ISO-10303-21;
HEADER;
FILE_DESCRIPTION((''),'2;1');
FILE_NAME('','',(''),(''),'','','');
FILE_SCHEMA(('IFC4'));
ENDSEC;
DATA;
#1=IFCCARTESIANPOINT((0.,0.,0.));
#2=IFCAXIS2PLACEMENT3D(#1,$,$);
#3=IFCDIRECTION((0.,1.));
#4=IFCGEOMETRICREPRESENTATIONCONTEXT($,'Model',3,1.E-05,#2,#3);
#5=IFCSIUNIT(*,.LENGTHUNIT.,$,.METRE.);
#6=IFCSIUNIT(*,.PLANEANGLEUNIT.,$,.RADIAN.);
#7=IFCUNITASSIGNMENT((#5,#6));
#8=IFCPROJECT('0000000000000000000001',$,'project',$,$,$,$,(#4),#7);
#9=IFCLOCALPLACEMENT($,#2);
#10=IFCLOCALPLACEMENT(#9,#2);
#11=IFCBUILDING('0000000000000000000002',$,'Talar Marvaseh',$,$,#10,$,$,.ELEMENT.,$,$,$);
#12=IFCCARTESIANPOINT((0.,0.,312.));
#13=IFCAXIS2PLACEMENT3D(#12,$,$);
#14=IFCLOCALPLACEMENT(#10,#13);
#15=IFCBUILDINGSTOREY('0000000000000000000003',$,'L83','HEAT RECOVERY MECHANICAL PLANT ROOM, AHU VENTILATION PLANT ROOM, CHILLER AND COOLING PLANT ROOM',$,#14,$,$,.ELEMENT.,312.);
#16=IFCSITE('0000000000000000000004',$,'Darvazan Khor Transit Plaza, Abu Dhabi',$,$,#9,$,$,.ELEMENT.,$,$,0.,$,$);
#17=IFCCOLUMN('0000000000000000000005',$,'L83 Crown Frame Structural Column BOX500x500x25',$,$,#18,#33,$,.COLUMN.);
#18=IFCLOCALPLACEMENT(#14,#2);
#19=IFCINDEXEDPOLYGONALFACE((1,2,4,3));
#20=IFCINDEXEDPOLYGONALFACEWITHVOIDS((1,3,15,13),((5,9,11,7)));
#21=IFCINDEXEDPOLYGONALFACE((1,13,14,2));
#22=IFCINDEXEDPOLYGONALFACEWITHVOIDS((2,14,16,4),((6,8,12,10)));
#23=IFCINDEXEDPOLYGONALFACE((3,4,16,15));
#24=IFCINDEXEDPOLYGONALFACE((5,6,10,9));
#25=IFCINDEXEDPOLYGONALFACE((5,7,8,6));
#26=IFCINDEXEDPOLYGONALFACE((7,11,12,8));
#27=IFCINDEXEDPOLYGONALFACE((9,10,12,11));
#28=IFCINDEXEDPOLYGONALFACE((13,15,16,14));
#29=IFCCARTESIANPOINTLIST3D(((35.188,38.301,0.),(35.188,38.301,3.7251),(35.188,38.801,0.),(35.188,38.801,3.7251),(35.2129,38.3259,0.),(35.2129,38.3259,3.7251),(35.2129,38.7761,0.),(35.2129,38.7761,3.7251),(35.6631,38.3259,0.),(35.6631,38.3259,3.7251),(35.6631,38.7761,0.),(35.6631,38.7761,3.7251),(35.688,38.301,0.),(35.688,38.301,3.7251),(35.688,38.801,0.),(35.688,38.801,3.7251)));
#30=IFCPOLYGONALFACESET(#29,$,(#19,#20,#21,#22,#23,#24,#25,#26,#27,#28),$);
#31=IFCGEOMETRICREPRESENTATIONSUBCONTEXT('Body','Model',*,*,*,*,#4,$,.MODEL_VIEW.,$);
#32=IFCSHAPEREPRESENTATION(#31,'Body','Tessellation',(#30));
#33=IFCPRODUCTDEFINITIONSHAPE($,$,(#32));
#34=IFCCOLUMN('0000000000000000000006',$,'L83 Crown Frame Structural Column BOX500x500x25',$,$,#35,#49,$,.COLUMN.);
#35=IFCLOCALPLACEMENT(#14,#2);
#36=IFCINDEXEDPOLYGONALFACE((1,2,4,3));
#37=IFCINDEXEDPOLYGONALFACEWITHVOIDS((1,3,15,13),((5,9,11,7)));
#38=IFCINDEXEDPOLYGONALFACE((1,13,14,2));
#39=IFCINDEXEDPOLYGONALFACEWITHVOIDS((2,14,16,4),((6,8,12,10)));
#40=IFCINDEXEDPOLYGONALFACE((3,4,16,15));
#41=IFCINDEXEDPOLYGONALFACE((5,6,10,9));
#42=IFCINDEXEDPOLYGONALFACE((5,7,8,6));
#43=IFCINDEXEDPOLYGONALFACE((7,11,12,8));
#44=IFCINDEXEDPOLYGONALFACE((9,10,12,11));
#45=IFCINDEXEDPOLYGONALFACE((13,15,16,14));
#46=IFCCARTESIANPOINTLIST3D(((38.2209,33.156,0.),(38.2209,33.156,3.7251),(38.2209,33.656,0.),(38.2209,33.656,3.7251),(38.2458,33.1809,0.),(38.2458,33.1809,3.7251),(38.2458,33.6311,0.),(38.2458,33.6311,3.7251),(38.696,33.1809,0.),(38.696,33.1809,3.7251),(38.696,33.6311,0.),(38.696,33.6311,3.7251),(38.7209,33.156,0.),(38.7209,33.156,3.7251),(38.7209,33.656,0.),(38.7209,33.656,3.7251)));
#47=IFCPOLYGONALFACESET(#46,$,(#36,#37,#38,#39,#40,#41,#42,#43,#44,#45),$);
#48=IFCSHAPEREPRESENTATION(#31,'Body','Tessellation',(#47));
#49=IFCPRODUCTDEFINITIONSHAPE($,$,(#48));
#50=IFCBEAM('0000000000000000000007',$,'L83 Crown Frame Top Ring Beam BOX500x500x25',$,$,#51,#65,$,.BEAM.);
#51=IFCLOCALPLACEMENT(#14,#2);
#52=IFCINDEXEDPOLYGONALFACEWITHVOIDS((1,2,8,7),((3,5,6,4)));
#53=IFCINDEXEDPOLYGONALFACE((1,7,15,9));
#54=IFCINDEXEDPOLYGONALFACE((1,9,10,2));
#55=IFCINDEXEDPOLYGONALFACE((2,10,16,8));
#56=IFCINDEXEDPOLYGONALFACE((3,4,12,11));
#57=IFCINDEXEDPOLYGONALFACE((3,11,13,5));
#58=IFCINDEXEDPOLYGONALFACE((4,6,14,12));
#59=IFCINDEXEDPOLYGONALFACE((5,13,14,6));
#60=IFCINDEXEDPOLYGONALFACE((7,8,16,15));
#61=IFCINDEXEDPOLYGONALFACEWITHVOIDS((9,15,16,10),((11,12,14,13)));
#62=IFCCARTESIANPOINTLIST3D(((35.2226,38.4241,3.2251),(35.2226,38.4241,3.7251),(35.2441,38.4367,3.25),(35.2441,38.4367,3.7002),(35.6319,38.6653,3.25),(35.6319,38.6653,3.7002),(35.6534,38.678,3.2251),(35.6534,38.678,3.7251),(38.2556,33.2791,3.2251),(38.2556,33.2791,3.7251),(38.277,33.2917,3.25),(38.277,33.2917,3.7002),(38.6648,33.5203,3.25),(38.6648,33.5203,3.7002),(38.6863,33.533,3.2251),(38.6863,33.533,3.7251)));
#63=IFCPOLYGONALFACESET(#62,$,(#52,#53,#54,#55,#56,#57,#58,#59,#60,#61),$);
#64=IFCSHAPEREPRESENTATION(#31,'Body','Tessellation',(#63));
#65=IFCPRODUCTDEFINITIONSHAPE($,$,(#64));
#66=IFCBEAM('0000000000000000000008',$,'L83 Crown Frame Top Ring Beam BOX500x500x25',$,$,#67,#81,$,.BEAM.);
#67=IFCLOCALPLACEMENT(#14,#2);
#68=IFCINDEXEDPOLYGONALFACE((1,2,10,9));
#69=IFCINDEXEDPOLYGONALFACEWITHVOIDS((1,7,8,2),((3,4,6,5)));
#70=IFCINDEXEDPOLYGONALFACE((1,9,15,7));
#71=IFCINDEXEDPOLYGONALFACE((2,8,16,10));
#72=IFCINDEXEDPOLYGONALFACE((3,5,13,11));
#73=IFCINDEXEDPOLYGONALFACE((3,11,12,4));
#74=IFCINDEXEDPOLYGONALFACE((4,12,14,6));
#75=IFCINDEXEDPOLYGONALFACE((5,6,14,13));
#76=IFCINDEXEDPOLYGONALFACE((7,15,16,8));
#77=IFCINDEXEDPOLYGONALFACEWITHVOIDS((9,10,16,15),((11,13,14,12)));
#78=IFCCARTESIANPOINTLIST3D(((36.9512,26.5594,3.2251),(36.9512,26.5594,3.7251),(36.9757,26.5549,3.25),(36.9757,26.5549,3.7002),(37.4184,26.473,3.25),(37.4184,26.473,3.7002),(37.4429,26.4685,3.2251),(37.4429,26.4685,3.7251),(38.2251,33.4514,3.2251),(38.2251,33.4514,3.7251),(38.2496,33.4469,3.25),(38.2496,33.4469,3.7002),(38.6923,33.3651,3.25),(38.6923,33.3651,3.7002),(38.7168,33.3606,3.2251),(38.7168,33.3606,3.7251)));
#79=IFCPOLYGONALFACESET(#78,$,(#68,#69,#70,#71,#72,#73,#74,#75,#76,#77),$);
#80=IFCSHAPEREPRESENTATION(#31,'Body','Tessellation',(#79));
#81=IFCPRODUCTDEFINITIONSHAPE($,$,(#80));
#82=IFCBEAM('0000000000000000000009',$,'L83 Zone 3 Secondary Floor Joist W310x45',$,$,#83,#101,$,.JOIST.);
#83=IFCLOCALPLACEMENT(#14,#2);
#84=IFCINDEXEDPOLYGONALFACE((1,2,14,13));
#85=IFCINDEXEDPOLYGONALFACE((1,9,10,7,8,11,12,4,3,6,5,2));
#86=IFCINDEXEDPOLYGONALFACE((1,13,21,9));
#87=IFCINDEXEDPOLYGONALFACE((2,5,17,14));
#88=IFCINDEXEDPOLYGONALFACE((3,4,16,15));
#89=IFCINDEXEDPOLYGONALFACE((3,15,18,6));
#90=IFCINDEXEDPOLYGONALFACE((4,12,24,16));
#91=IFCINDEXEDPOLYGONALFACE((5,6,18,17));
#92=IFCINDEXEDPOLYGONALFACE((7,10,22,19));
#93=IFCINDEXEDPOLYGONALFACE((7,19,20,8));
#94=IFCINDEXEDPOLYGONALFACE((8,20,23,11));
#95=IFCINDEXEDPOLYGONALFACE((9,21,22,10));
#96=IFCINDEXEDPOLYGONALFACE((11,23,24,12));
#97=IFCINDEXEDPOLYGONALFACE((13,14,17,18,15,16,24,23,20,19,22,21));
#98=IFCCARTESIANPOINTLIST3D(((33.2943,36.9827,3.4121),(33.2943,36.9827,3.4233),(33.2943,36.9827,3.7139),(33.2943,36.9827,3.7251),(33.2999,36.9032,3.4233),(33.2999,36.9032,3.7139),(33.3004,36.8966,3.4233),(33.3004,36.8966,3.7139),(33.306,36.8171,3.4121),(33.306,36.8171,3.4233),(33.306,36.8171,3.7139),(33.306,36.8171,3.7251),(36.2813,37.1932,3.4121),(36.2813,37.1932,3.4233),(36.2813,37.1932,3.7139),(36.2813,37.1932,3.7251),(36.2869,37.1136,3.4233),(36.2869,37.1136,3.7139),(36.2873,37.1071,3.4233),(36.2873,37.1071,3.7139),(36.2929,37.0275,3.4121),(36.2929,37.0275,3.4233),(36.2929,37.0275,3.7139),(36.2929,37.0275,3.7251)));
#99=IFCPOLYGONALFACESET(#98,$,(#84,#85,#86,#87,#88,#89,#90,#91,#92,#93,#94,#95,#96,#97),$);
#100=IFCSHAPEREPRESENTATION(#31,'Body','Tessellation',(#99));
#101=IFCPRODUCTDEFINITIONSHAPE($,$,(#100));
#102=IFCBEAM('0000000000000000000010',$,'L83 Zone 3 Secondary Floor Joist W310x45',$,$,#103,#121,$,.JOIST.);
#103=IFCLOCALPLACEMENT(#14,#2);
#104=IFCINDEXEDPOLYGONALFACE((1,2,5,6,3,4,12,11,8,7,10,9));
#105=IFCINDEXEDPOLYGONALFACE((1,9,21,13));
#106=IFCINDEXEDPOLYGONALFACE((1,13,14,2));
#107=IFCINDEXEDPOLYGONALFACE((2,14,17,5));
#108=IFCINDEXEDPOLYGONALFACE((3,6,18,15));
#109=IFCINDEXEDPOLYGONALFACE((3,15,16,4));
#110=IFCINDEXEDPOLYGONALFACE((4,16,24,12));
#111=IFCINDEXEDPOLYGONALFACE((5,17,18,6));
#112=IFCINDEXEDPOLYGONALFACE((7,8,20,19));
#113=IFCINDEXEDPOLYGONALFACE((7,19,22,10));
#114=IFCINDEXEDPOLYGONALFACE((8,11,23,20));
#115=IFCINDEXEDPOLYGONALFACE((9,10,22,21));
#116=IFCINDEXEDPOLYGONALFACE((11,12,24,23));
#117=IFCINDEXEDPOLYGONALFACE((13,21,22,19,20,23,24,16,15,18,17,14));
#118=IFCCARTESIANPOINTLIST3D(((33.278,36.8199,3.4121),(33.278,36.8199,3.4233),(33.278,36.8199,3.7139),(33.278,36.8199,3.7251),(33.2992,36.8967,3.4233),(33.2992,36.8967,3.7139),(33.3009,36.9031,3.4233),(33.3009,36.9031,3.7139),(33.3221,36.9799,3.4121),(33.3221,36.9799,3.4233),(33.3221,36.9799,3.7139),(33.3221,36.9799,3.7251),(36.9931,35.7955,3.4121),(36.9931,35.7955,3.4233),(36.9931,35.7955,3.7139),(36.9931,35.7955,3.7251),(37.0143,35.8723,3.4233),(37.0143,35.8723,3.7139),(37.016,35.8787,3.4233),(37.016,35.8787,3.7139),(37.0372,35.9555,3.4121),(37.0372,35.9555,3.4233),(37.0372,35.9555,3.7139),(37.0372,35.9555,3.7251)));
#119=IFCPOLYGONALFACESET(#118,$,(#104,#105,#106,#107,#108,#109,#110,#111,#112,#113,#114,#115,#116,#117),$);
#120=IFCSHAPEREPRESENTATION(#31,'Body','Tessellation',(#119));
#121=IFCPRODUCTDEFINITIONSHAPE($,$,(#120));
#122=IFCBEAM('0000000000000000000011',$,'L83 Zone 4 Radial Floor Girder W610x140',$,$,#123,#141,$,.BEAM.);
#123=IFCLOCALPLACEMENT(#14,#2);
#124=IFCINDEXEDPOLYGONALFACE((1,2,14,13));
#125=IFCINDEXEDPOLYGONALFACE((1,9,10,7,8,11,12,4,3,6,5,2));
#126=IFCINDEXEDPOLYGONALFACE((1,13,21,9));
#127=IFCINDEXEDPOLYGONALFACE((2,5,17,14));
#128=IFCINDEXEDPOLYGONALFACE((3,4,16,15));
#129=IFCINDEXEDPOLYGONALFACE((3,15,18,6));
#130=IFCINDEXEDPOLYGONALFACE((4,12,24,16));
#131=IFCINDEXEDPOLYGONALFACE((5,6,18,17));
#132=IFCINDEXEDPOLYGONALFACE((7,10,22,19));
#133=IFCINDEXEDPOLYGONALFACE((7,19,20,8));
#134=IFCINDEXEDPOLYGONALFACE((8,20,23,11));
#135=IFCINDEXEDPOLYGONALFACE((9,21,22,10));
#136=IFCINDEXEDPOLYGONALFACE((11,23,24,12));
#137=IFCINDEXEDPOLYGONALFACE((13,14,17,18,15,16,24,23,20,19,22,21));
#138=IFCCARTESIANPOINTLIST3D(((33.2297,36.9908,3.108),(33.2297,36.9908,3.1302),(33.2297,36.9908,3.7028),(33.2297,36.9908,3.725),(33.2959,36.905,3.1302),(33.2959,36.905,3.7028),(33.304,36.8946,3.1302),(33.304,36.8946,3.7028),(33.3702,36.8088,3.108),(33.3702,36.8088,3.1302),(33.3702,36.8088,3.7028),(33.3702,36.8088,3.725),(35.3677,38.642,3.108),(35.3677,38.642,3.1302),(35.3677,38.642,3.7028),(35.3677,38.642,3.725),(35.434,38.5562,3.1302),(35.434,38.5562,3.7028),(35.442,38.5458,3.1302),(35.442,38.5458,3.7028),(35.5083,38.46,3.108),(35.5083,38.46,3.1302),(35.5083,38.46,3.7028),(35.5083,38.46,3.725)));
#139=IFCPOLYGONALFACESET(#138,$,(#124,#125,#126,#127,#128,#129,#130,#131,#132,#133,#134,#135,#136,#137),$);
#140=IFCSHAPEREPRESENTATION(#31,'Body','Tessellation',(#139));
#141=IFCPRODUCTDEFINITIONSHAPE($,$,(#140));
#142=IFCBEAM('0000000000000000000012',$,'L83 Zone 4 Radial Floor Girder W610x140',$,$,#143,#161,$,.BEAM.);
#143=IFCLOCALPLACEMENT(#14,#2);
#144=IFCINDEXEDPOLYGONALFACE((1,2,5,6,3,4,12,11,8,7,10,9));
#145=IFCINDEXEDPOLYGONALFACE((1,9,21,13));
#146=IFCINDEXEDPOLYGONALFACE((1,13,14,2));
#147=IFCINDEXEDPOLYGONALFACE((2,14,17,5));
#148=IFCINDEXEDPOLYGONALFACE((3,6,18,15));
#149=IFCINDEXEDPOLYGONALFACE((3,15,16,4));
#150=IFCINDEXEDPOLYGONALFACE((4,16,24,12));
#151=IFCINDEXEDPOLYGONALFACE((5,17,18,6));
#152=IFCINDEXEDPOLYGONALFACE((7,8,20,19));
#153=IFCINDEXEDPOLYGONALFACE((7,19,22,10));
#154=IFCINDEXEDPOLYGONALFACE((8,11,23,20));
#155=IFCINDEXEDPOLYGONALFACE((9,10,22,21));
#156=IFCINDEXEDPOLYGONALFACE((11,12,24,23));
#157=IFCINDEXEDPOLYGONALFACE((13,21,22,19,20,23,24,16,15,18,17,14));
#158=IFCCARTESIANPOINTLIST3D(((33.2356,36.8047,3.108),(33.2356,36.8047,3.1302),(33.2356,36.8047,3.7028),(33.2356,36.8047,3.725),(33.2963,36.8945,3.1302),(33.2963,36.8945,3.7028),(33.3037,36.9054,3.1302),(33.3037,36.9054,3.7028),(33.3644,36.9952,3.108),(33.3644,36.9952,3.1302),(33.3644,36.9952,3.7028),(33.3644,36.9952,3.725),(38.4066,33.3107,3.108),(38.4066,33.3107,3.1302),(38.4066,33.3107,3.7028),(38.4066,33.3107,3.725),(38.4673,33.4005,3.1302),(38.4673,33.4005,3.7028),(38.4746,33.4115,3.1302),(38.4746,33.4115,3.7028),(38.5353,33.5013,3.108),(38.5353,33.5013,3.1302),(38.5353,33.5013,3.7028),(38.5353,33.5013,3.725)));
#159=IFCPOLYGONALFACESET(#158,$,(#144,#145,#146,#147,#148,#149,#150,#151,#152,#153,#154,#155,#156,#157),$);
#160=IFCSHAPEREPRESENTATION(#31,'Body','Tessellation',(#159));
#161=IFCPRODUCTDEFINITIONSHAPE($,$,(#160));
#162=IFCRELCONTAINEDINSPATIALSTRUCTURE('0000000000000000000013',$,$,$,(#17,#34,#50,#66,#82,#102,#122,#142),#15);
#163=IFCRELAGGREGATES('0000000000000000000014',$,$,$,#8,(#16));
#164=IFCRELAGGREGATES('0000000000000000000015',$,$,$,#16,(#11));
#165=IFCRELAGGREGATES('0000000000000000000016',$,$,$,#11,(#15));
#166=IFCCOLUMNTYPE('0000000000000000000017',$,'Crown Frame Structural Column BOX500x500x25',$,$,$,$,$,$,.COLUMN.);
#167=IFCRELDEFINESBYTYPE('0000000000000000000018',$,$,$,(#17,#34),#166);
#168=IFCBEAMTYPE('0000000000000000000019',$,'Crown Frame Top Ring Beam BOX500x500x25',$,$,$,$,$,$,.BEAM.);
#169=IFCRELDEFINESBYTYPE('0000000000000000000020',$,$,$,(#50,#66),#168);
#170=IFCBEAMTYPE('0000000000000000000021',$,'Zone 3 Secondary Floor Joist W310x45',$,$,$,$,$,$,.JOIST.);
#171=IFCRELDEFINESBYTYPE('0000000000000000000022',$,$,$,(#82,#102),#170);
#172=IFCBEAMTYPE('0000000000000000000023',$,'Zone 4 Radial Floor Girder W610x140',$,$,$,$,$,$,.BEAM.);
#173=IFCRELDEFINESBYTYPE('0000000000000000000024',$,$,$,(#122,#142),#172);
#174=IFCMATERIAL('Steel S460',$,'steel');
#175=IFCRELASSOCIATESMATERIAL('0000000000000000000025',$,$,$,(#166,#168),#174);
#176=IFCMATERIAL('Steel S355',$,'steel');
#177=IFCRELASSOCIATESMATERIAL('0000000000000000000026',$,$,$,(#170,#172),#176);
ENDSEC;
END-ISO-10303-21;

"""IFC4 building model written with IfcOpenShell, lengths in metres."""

from ifc_helpers import new_model, si_unit, direction, frame, origin, origin_2d, place, context, subcontext, project, spatial, hollow_rectangle, i_section, extrude, material, material_profile, profile_set, type_object, element, save


model = new_model("IFC4")

# Units and contexts
model_context = context("Model", 3, precision=1e-05, world=origin(), true_north=direction((0.0, 1.0)))
body_context = subcontext(model_context, "Body", "Model", "MODEL_VIEW")
ifc_project = project(units=[si_unit("LENGTHUNIT", "METRE"), si_unit("PLANEANGLEUNIT", "RADIAN")], contexts=[model_context])

# Site, building, storey
site_placement = place(None, origin())
site = spatial("IfcSite", under=ifc_project, at=site_placement, Name="Darvazan Khor Transit Plaza, Abu Dhabi", CompositionType="ELEMENT", RefElevation=0.0)
building_placement = place(site_placement, origin())
building = spatial("IfcBuilding", under=site, at=building_placement, Name="Talar Marvaseh", CompositionType="ELEMENT")
storey_placement = place(building_placement, frame((0.0, 0.0, 312.0)))
storey = spatial("IfcBuildingStorey", under=building, at=storey_placement, Name="L83", Description="HEAT RECOVERY MECHANICAL PLANT ROOM, AHU VENTILATION PLANT ROOM, CHILLER AND COOLING PLANT ROOM", CompositionType="ELEMENT", Elevation=312.0)

# Columns
ifc_material_1 = material(Name="Steel S460", Category="steel")
ifc_material_profile_1 = material_profile(ifc_material_1, hollow_rectangle(XDim=0.5, YDim=0.5, WallThickness=0.0249, at=origin_2d()), Name="BOX500x500x25")
ifc_profile_set_1 = profile_set([ifc_material_profile_1], Name="Steel S460")
column_type = type_object("IfcColumnType", Name="Crown Frame Structural Column BOX500x500x25", PredefinedType="COLUMN", material=ifc_profile_set_1)
for number, where, z_axis, x_axis, name in (
    (1, (35.438, 38.551, 0.0), (0.0, 0.0, 1.0), (1.0, 0.0, 0.0), "L83 Crown Frame Structural Column BOX500x500x25"),
    (2, (38.4709, 33.406, 0.0), (0.0, 0.0, 1.0), (1.0, 0.0, 0.0), "L83 Crown Frame Structural Column BOX500x500x25"),
):
    element("IfcColumn", number, at=place(storey_placement, frame(where, z_axis=z_axis, x_axis=x_axis)), inside=storey, type_object=column_type, Name=name, PredefinedType="COLUMN", context=body_context, shape_type="SweptSolid", body=[
        extrude(hollow_rectangle(XDim=0.5, YDim=0.5, WallThickness=0.0249, at=origin_2d()), origin(), (0.0, 0.0, 1.0), 3.7251),
    ])

# Beams
ifc_material_profile_2 = material_profile(ifc_material_1, hollow_rectangle(XDim=0.5, YDim=0.5, WallThickness=0.0249, at=origin_2d()), Name="BOX500x500x25")
ifc_profile_set_2 = profile_set([ifc_material_profile_2], Name="Steel S460")
beam_type_1 = type_object("IfcBeamType", Name="Crown Frame Top Ring Beam BOX500x500x25", PredefinedType="BEAM", material=ifc_profile_set_2)
beam_1_placement = place(storey_placement, frame((35.438, 38.551, 3.4751), z_axis=(0.507826, -0.86146, 0.0), x_axis=(0.86146, 0.507826, 0.0)))
element("IfcBeam", 3, at=beam_1_placement, inside=storey, type_object=beam_type_1, Name="L83 Crown Frame Top Ring Beam BOX500x500x25", PredefinedType="BEAM", context=body_context, shape_type="SweptSolid", body=[
    extrude(hollow_rectangle(XDim=0.5, YDim=0.5, WallThickness=0.0249, at=origin_2d()), origin(), (0.0, 0.0, 1.0), 5.9724),
])
beam_2_placement = place(storey_placement, frame((38.4709, 33.406, 3.4751), z_axis=(-0.18176, -0.983343, 0.0), x_axis=(0.983343, -0.18176, 0.0)))
element("IfcBeam", 4, at=beam_2_placement, inside=storey, type_object=beam_type_1, Name="L83 Crown Frame Top Ring Beam BOX500x500x25", PredefinedType="BEAM", context=body_context, shape_type="SweptSolid", body=[
    extrude(hollow_rectangle(XDim=0.5, YDim=0.5, WallThickness=0.0249, at=origin_2d()), origin(), (0.0, 0.0, 1.0), 7.0088),
])
ifc_material_2 = material(Name="Steel S355", Category="steel")
ifc_material_profile_3 = material_profile(ifc_material_2, i_section(OverallWidth=0.166, OverallDepth=0.313, WebThickness=0.0066, FlangeThickness=0.0112, at=origin_2d()), Name="W310x45")
ifc_profile_set_3 = profile_set([ifc_material_profile_3], Name="Steel S355")
beam_type_2 = type_object("IfcBeamType", Name="Zone 3 Secondary Floor Joist W310x45", PredefinedType="JOIST", material=ifc_profile_set_3)
beam_3_placement = place(storey_placement, frame((36.2871, 37.1104, 3.5686), z_axis=(-0.997527, -0.070279, 0.0), x_axis=(0.070279, -0.997527, 0.0)))
element("IfcBeam", 5, at=beam_3_placement, inside=storey, type_object=beam_type_2, Name="L83 Zone 3 Secondary Floor Joist W310x45", PredefinedType="JOIST", context=body_context, shape_type="SweptSolid", body=[
    extrude(i_section(OverallWidth=0.166, OverallDepth=0.313, WebThickness=0.0066, FlangeThickness=0.0112, at=origin_2d()), origin(), (0.0, 0.0, 1.0), 2.9944),
])
beam_4_placement = place(storey_placement, frame((37.0151, 35.8755, 3.5686), z_axis=(-0.964022, 0.265823, 0.0), x_axis=(-0.265823, -0.964022, 0.0)))
element("IfcBeam", 6, at=beam_4_placement, inside=storey, type_object=beam_type_2, Name="L83 Zone 3 Secondary Floor Joist W310x45", PredefinedType="JOIST", context=body_context, shape_type="SweptSolid", body=[
    extrude(i_section(OverallWidth=0.166, OverallDepth=0.313, WebThickness=0.0066, FlangeThickness=0.0112, at=origin_2d()), origin(), (0.0, 0.0, 1.0), 3.8538),
])
ifc_material_profile_4 = material_profile(ifc_material_2, i_section(OverallWidth=0.23, OverallDepth=0.6169, WebThickness=0.0132, FlangeThickness=0.0222, at=origin_2d()), Name="W610x140")
ifc_profile_set_4 = profile_set([ifc_material_profile_4], Name="Steel S355")
beam_type_3 = type_object("IfcBeamType", Name="Zone 4 Radial Floor Girder W610x140", PredefinedType="BEAM", material=ifc_profile_set_4)
beam_5_placement = place(storey_placement, frame((35.438, 38.551, 3.4165), z_axis=(-0.79145, -0.611234, 0.0), x_axis=(0.611234, -0.79145, 0.0)))
element("IfcBeam", 7, at=beam_5_placement, inside=storey, type_object=beam_type_3, Name="L83 Zone 4 Radial Floor Girder W610x140", PredefinedType="BEAM", context=body_context, shape_type="SweptSolid", body=[
    extrude(i_section(OverallWidth=0.23, OverallDepth=0.6169, WebThickness=0.0132, FlangeThickness=0.0222, at=origin_2d()), origin(), (0.0, 0.0, 1.0), 2.7014),
])
beam_6_placement = place(storey_placement, frame((38.4709, 33.406, 3.4165), z_axis=(-0.828586, 0.559862, 0.0), x_axis=(-0.559862, -0.828586, 0.0)))
element("IfcBeam", 8, at=beam_6_placement, inside=storey, type_object=beam_type_3, Name="L83 Zone 4 Radial Floor Girder W610x140", PredefinedType="BEAM", context=body_context, shape_type="SweptSolid", body=[
    extrude(i_section(OverallWidth=0.23, OverallDepth=0.6169, WebThickness=0.0132, FlangeThickness=0.0222, at=origin_2d()), origin(), (0.0, 0.0, 1.0), 6.2407),
])

save(model, "model.ifc")
